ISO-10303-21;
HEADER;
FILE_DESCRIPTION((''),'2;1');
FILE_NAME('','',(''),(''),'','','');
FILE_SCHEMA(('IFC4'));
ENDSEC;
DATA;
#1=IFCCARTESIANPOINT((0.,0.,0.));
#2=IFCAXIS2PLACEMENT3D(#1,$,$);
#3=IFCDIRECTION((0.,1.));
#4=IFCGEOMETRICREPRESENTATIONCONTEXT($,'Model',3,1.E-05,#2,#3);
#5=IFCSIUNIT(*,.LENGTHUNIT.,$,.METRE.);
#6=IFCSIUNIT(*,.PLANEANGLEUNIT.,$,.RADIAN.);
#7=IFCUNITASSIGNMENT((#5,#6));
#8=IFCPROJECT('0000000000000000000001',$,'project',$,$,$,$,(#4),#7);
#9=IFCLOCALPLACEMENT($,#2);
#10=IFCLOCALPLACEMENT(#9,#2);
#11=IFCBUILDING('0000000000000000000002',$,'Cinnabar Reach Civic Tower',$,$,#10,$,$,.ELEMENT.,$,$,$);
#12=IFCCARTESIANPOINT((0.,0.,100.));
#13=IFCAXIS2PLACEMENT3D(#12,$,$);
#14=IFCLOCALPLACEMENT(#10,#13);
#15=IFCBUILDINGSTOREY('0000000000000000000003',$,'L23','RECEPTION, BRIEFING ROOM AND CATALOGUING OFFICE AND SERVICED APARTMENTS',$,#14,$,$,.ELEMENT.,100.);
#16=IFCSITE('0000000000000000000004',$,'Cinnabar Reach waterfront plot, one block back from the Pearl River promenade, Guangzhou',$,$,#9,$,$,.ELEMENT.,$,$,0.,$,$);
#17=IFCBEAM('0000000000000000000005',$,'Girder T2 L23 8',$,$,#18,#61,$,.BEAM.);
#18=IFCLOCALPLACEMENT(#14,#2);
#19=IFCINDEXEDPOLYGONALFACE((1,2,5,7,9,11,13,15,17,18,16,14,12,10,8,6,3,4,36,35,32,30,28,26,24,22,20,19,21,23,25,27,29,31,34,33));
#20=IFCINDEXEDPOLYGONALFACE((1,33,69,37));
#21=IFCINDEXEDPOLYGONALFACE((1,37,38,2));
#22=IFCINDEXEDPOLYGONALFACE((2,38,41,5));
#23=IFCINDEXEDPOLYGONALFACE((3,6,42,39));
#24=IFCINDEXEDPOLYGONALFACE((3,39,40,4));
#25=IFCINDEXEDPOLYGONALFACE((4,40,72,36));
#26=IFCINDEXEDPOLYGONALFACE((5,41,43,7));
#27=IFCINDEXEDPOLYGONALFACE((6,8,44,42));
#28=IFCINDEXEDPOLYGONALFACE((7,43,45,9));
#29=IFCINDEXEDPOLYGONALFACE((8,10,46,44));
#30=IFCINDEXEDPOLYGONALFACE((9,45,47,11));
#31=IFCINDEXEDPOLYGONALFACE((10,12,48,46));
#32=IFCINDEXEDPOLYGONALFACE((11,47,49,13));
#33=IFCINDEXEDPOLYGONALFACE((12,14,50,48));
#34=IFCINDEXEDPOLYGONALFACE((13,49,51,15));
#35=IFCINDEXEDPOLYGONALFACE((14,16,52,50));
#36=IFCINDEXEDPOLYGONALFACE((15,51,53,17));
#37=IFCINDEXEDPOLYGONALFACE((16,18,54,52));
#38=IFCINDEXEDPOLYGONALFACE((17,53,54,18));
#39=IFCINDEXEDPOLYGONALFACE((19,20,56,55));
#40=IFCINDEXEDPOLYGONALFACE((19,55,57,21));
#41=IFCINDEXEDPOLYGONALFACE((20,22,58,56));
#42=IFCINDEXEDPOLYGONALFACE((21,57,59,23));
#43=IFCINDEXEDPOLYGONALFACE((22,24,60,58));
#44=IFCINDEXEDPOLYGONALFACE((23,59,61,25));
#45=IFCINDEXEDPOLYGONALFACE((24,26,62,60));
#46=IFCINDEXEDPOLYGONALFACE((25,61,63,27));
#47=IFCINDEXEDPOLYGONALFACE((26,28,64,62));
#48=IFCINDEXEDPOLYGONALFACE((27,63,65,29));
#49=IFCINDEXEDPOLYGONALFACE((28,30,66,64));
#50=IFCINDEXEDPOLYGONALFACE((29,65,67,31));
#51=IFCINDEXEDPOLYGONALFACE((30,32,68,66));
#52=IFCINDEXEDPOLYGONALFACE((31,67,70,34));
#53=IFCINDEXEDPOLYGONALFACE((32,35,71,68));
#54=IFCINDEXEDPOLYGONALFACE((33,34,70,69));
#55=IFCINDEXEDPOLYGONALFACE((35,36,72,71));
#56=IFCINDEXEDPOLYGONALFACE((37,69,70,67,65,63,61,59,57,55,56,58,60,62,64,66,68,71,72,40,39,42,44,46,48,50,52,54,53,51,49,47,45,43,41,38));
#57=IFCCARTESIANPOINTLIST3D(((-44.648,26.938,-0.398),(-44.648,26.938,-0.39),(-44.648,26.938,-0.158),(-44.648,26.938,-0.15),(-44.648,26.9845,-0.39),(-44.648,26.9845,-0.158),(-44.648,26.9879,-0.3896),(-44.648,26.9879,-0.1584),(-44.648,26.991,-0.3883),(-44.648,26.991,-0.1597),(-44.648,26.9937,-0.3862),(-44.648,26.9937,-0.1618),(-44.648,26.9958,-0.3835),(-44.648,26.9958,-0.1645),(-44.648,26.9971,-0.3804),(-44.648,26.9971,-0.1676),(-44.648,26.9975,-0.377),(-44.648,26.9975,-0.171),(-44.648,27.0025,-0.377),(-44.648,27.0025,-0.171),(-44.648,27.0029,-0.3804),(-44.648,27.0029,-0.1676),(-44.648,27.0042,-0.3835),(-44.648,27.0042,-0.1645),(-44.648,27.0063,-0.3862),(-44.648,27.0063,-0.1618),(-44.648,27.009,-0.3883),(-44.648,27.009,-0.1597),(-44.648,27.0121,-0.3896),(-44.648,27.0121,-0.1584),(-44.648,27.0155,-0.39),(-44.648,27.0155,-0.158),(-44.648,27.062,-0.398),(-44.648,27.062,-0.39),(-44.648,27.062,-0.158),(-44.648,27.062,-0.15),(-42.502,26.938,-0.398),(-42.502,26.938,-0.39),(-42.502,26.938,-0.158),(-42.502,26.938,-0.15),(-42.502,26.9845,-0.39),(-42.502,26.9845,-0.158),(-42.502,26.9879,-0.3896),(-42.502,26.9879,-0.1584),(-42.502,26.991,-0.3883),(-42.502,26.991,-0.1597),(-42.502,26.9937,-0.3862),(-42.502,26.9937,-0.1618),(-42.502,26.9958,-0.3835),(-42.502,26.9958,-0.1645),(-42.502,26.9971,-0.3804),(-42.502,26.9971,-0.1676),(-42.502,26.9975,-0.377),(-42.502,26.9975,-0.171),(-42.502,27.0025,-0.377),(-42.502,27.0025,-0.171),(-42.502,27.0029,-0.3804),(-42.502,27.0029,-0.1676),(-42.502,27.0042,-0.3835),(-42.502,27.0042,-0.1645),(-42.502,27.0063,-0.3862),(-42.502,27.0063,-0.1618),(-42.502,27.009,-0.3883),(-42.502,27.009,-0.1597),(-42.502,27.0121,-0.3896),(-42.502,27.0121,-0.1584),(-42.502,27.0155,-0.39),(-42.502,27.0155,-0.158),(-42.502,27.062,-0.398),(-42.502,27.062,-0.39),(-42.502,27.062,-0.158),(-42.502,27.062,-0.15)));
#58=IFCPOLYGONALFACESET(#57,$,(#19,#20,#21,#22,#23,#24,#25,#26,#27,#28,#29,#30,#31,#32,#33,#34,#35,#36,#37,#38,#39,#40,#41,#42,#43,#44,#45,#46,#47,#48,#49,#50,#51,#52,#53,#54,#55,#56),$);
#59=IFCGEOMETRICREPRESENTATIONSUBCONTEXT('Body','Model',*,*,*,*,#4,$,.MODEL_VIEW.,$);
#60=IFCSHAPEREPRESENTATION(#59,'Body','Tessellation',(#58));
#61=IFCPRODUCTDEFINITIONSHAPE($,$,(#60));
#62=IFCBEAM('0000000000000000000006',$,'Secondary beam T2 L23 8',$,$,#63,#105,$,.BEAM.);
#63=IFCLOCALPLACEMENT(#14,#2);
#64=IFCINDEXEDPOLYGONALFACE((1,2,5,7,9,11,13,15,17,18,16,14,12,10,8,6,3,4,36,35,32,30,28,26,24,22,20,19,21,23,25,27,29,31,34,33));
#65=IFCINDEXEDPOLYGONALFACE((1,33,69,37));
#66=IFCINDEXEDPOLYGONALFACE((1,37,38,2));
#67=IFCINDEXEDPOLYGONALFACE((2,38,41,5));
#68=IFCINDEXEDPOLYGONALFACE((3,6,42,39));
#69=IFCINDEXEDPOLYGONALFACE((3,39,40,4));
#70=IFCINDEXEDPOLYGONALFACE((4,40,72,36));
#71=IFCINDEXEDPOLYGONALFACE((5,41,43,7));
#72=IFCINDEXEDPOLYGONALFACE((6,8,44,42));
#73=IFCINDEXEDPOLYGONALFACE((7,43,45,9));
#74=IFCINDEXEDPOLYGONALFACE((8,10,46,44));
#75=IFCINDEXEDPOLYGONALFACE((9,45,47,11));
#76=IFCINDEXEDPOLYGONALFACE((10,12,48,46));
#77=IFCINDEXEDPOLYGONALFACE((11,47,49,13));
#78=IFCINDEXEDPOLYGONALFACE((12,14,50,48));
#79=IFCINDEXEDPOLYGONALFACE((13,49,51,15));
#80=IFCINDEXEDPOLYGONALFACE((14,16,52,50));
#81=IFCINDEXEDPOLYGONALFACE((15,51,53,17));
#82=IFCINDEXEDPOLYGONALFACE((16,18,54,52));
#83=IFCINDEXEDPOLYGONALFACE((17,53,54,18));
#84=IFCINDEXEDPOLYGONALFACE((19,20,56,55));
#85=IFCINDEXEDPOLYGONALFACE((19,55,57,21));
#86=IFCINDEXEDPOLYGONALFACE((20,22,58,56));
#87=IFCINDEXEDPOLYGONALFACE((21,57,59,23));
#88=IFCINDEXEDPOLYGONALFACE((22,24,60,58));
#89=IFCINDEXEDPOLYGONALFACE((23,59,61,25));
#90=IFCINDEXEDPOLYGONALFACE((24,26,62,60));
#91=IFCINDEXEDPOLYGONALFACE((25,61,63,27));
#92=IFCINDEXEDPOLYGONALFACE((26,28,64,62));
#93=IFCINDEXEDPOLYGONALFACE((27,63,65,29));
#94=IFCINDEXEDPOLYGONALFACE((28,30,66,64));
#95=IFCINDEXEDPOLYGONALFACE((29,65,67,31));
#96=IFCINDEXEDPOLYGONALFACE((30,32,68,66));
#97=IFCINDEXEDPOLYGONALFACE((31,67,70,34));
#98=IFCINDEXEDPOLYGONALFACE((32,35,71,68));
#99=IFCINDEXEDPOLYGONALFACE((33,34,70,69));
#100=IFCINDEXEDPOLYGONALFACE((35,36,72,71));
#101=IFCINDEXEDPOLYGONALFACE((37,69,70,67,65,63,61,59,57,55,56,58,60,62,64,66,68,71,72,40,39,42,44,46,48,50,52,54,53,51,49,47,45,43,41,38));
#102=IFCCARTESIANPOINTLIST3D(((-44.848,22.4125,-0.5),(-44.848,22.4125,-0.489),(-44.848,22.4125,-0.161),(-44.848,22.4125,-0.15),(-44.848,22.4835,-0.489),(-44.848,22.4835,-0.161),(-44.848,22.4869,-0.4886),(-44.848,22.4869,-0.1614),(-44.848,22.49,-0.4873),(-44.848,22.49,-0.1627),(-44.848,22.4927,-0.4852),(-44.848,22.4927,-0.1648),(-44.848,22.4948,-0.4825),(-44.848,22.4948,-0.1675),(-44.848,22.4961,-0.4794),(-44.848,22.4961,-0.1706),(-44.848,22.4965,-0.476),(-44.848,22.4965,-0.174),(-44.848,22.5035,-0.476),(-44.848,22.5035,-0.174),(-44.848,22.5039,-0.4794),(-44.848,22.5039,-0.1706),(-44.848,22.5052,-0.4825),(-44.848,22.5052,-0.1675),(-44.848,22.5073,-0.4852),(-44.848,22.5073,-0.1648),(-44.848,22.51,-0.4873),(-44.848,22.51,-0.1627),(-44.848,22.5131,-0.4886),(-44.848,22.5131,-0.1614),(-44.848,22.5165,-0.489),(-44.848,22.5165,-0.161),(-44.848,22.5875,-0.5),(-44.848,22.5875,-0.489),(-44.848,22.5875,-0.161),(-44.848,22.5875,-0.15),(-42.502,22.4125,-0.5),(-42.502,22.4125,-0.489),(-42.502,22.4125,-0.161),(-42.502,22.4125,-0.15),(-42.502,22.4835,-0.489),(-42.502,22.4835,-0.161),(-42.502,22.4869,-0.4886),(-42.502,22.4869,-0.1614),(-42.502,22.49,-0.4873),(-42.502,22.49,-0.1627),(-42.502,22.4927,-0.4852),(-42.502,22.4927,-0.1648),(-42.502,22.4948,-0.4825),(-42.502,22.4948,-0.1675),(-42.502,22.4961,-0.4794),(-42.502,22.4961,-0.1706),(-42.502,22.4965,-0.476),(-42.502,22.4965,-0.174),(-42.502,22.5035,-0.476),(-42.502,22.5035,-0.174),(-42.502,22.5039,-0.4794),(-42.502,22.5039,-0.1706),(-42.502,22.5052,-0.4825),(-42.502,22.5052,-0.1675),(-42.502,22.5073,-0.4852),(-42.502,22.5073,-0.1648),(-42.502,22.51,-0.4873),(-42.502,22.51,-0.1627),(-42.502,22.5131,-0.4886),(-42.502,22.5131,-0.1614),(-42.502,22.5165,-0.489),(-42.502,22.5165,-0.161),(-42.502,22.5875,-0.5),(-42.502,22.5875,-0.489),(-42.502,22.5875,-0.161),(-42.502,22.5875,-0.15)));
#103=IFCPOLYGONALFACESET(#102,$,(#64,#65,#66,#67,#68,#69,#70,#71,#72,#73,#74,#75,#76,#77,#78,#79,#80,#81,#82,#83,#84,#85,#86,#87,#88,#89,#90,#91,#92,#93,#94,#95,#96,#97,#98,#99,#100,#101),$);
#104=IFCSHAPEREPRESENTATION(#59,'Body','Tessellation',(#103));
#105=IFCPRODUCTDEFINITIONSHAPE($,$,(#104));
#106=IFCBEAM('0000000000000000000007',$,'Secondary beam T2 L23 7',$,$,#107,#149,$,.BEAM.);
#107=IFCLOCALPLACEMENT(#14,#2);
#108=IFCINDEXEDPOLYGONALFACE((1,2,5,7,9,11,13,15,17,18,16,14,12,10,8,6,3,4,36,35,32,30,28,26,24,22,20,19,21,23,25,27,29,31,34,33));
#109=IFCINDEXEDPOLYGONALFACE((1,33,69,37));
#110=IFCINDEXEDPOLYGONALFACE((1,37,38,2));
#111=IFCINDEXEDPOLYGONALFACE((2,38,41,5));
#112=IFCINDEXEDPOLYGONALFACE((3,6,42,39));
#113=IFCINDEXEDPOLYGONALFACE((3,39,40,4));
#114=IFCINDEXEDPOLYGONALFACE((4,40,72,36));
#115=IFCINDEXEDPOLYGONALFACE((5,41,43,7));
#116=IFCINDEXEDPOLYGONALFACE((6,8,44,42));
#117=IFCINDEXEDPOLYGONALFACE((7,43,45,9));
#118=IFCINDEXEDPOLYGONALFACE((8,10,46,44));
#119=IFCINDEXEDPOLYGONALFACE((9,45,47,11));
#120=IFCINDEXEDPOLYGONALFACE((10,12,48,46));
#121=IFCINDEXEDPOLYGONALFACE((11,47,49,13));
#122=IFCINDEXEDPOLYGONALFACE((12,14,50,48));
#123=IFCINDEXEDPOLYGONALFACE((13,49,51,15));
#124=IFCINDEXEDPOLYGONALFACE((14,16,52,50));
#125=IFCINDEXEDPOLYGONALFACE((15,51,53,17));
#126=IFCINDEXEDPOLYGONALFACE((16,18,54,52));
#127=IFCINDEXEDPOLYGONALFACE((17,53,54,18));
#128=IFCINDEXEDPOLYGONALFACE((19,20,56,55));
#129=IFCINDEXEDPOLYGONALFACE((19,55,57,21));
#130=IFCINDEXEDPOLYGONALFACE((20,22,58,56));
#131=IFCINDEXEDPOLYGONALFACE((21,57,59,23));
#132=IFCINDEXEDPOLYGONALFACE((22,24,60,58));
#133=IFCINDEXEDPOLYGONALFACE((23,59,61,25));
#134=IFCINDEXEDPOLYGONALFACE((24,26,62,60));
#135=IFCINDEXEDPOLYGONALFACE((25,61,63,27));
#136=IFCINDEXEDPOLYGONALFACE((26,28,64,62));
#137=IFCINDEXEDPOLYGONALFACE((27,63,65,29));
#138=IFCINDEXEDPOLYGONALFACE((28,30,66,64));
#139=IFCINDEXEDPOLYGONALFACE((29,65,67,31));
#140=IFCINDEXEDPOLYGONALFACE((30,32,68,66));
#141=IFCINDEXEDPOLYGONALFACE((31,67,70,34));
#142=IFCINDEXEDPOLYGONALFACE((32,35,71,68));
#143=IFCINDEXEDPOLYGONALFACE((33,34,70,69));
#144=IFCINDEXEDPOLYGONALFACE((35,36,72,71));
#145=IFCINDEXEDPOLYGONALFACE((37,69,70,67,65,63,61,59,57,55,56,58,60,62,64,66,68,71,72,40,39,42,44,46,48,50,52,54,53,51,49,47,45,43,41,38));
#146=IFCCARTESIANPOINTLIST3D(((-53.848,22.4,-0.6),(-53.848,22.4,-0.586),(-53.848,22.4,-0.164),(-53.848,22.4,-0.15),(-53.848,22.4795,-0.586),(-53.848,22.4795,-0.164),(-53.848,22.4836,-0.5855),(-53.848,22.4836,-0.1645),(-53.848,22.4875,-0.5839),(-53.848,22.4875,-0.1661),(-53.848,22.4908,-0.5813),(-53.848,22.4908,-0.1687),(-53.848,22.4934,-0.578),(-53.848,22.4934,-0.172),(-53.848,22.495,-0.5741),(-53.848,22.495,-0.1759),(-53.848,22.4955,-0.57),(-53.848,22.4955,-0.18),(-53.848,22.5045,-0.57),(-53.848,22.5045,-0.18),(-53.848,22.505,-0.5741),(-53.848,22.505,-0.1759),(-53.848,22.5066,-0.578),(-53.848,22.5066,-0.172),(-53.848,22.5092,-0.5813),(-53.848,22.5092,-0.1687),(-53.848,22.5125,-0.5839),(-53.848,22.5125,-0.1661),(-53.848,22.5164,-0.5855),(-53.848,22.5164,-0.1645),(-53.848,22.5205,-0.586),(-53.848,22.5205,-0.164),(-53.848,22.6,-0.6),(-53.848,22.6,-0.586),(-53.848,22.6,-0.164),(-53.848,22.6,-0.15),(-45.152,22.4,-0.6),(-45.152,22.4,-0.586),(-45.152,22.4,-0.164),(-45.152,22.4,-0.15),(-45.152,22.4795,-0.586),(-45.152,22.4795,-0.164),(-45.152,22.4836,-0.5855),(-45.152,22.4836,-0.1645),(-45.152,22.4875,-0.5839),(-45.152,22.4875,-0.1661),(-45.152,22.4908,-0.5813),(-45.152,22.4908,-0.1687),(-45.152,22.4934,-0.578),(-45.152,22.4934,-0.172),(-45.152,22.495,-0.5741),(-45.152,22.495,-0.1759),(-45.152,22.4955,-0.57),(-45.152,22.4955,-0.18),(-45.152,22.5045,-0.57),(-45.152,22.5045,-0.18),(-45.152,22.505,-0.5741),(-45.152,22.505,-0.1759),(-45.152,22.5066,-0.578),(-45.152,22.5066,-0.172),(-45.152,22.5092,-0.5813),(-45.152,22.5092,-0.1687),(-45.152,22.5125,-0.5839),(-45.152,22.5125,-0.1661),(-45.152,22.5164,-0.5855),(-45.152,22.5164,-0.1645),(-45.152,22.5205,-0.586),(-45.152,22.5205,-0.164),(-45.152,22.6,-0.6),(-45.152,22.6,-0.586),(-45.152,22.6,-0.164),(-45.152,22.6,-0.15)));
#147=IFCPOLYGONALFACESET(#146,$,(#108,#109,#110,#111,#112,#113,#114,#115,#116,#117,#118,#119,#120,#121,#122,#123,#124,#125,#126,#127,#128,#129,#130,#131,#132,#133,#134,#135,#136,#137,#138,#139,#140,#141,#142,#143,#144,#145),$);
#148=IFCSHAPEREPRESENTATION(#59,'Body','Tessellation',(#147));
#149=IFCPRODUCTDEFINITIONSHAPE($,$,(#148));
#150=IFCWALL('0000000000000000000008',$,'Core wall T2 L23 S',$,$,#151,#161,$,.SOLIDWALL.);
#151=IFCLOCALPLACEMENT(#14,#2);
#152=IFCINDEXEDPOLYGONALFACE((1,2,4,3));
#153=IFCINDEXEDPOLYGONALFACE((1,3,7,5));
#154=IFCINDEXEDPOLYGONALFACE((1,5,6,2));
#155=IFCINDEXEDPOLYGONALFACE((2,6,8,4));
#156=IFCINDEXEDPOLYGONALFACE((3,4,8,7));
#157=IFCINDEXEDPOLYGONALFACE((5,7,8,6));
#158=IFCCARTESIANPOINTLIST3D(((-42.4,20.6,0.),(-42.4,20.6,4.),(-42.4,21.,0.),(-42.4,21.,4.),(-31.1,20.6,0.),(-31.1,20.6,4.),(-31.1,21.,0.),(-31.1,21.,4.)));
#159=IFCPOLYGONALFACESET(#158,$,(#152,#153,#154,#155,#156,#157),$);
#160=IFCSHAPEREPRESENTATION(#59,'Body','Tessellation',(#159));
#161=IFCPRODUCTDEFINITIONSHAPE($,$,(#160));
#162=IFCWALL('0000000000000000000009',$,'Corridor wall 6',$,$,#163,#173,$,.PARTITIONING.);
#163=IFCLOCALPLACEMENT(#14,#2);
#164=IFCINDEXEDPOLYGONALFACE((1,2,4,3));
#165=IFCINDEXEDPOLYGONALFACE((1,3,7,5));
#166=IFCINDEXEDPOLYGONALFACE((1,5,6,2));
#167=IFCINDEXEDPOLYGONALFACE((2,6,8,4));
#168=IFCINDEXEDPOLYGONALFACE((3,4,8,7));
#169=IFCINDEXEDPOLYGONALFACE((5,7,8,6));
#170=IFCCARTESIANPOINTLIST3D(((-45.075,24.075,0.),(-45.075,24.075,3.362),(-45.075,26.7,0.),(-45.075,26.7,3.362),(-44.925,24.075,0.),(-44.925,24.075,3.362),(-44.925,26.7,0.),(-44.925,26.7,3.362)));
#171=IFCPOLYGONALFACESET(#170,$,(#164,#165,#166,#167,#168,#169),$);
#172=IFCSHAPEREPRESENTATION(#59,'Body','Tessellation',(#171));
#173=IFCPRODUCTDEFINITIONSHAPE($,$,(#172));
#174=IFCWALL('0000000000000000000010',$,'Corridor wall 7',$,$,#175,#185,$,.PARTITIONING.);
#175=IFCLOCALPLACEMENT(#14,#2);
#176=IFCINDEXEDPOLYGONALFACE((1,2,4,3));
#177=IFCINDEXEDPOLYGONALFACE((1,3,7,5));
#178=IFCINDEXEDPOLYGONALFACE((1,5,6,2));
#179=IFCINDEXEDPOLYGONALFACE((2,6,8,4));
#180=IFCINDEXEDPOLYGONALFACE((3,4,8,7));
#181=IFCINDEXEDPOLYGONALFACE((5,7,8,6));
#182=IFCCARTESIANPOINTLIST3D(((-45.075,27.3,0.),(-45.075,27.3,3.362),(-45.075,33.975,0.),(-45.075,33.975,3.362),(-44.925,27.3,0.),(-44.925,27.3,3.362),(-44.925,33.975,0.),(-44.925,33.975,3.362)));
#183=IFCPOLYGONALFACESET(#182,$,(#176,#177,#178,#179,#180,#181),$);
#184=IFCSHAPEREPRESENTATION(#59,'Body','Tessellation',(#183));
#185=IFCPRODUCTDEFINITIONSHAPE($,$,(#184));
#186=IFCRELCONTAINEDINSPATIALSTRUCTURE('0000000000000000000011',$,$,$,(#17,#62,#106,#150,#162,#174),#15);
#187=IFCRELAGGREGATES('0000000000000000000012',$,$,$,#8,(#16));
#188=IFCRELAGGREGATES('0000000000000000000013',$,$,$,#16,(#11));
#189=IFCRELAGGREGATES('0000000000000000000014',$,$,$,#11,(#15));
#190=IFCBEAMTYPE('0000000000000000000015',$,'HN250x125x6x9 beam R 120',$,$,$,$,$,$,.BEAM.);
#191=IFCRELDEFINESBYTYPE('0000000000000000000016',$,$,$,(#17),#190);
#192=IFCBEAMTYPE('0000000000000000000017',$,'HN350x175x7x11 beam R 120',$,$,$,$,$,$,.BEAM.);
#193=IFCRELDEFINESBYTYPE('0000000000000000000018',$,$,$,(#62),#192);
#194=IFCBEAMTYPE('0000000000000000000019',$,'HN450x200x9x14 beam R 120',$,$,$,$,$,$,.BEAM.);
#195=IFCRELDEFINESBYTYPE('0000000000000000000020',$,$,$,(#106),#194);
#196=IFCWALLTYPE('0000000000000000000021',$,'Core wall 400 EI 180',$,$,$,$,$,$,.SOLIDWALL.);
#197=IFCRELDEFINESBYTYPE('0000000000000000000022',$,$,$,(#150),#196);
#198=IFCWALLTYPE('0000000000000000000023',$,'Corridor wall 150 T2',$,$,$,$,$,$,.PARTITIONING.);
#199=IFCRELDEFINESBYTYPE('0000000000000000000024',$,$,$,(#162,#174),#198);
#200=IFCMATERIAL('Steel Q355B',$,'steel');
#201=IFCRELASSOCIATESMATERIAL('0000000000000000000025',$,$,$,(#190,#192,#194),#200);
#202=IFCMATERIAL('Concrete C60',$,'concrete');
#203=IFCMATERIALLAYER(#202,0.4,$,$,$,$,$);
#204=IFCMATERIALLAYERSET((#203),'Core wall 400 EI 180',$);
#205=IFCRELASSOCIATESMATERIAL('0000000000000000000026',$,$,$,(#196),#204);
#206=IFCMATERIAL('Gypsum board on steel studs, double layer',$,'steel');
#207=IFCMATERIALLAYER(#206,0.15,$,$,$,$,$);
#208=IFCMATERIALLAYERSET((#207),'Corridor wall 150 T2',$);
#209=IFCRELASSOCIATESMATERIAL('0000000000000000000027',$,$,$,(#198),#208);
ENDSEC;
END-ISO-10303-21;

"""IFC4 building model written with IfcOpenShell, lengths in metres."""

from ifc_helpers import new_model, si_unit, direction, frame, frame_2d, origin, origin_2d, place, context, subcontext, project, spatial, rectangle, i_section, extrude, material, layer, layer_set, material_profile, profile_set, type_object, element, save


model = new_model("IFC4")

# Units and contexts
model_context = context("Model", 3, precision=1e-05, world=origin(), true_north=direction((0.0, 1.0)))
body_context = subcontext(model_context, "Body", "Model", "MODEL_VIEW")
ifc_project = project(units=[si_unit("LENGTHUNIT", "METRE"), si_unit("PLANEANGLEUNIT", "RADIAN")], contexts=[model_context])

# Site, building, storey
site_placement = place(None, origin())
site = spatial("IfcSite", under=ifc_project, at=site_placement, Name="Cinnabar Reach waterfront plot, one block back from the Pearl River promenade, Guangzhou", CompositionType="ELEMENT", RefElevation=0.0)
building_placement = place(site_placement, origin())
building = spatial("IfcBuilding", under=site, at=building_placement, Name="Cinnabar Reach Civic Tower", CompositionType="ELEMENT")
storey_placement = place(building_placement, frame((0.0, 0.0, 100.0)))
storey = spatial("IfcBuildingStorey", under=building, at=storey_placement, Name="L23", Description="RECEPTION, BRIEFING ROOM AND CATALOGUING OFFICE AND SERVICED APARTMENTS", CompositionType="ELEMENT", Elevation=100.0)

# Shared definitions
ifc_material_1 = material(Name="Concrete C60", Category="concrete")

# Beams
ifc_material_2 = material(Name="Steel Q355B", Category="steel")
ifc_material_profile_1 = material_profile(ifc_material_2, i_section(OverallWidth=0.124, OverallDepth=0.248, WebThickness=0.005, FlangeThickness=0.008, FilletRadius=0.013, at=origin_2d()), Name="HN250x125x6x9")
ifc_profile_set_1 = profile_set([ifc_material_profile_1], Name="Steel Q355B")
beam_type_1 = type_object("IfcBeamType", Name="HN250x125x6x9 beam R 120", PredefinedType="BEAM", material=ifc_profile_set_1)
beam_1_placement = place(storey_placement, frame((-44.648, 27.0, -0.274), z_axis=(1.0, 0.0, 0.0), x_axis=(0.0, 1.0, 0.0)))
element("IfcBeam", 1, at=beam_1_placement, inside=storey, type_object=beam_type_1, Name="Girder T2 L23 8", PredefinedType="BEAM", context=body_context, shape_type="SweptSolid", body=[
    extrude(i_section(OverallWidth=0.124, OverallDepth=0.248, WebThickness=0.005, FlangeThickness=0.008, FilletRadius=0.013, at=origin_2d()), origin(), (0.0, 0.0, 1.0), 2.146),
])
ifc_material_profile_2 = material_profile(ifc_material_2, i_section(OverallWidth=0.175, OverallDepth=0.35, WebThickness=0.007, FlangeThickness=0.011, FilletRadius=0.013, at=origin_2d()), Name="HN350x175x7x11")
ifc_profile_set_2 = profile_set([ifc_material_profile_2], Name="Steel Q355B")
beam_type_2 = type_object("IfcBeamType", Name="HN350x175x7x11 beam R 120", PredefinedType="BEAM", material=ifc_profile_set_2)
beam_2_placement = place(storey_placement, frame((-44.848, 22.5, -0.325), z_axis=(1.0, 0.0, 0.0), x_axis=(0.0, 1.0, 0.0)))
element("IfcBeam", 2, at=beam_2_placement, inside=storey, type_object=beam_type_2, Name="Secondary beam T2 L23 8", PredefinedType="BEAM", context=body_context, shape_type="SweptSolid", body=[
    extrude(i_section(OverallWidth=0.175, OverallDepth=0.35, WebThickness=0.007, FlangeThickness=0.011, FilletRadius=0.013, at=origin_2d()), origin(), (0.0, 0.0, 1.0), 2.346),
])
ifc_material_profile_3 = material_profile(ifc_material_2, i_section(OverallWidth=0.2, OverallDepth=0.45, WebThickness=0.009, FlangeThickness=0.014, FilletRadius=0.016, at=origin_2d()), Name="HN450x200x9x14")
ifc_profile_set_3 = profile_set([ifc_material_profile_3], Name="Steel Q355B")
beam_type_3 = type_object("IfcBeamType", Name="HN450x200x9x14 beam R 120", PredefinedType="BEAM", material=ifc_profile_set_3)
beam_3_placement = place(storey_placement, frame((-53.848, 22.5, -0.375), z_axis=(1.0, 0.0, 0.0), x_axis=(0.0, 1.0, 0.0)))
element("IfcBeam", 3, at=beam_3_placement, inside=storey, type_object=beam_type_3, Name="Secondary beam T2 L23 7", PredefinedType="BEAM", context=body_context, shape_type="SweptSolid", body=[
    extrude(i_section(OverallWidth=0.2, OverallDepth=0.45, WebThickness=0.009, FlangeThickness=0.014, FilletRadius=0.016, at=origin_2d()), origin(), (0.0, 0.0, 1.0), 8.696),
])

# Walls
ifc_layer_1 = layer(ifc_material_1, 0.4)
ifc_layer_set_1 = layer_set([ifc_layer_1], Name="Core wall 400 EI 180")
wall_type_1 = type_object("IfcWallType", Name="Core wall 400 EI 180", PredefinedType="SOLIDWALL", material=ifc_layer_set_1)
wall_1_placement = place(storey_placement, frame((-42.4, 20.8, 0.0), z_axis=(0.0, 0.0, 1.0), x_axis=(1.0, 0.0, 0.0)))
element("IfcWall", 4, at=wall_1_placement, inside=storey, type_object=wall_type_1, Name="Core wall T2 L23 S", PredefinedType="SOLIDWALL", context=body_context, shape_type="SweptSolid", body=[
    extrude(rectangle(XDim=11.3, YDim=0.4, at=frame_2d((5.65, 0.0))), origin(), (0.0, 0.0, 1.0), 4.0),
])
ifc_material_3 = material(Name="Gypsum board on steel studs, double layer", Category="steel")
ifc_layer_2 = layer(ifc_material_3, 0.15)
ifc_layer_set_2 = layer_set([ifc_layer_2], Name="Corridor wall 150 T2")
wall_type_2 = type_object("IfcWallType", Name="Corridor wall 150 T2", PredefinedType="PARTITIONING", material=ifc_layer_set_2)
wall_2_placement = place(storey_placement, frame((-45.0, 24.075, 0.0), z_axis=(0.0, 0.0, 1.0), x_axis=(0.0, 1.0, 0.0)))
element("IfcWall", 5, at=wall_2_placement, inside=storey, type_object=wall_type_2, Name="Corridor wall 6", PredefinedType="PARTITIONING", context=body_context, shape_type="SweptSolid", body=[
    extrude(rectangle(XDim=2.625, YDim=0.15, at=frame_2d((1.3125, 0.0))), origin(), (0.0, 0.0, 1.0), 3.362),
])
wall_3_placement = place(storey_placement, frame((-45.0, 27.3, 0.0), z_axis=(0.0, 0.0, 1.0), x_axis=(0.0, 1.0, 0.0)))
element("IfcWall", 6, at=wall_3_placement, inside=storey, type_object=wall_type_2, Name="Corridor wall 7", PredefinedType="PARTITIONING", context=body_context, shape_type="SweptSolid", body=[
    extrude(rectangle(XDim=6.675, YDim=0.15, at=frame_2d((3.3375, 0.0))), origin(), (0.0, 0.0, 1.0), 3.362),
])

save(model, "model.ifc")
